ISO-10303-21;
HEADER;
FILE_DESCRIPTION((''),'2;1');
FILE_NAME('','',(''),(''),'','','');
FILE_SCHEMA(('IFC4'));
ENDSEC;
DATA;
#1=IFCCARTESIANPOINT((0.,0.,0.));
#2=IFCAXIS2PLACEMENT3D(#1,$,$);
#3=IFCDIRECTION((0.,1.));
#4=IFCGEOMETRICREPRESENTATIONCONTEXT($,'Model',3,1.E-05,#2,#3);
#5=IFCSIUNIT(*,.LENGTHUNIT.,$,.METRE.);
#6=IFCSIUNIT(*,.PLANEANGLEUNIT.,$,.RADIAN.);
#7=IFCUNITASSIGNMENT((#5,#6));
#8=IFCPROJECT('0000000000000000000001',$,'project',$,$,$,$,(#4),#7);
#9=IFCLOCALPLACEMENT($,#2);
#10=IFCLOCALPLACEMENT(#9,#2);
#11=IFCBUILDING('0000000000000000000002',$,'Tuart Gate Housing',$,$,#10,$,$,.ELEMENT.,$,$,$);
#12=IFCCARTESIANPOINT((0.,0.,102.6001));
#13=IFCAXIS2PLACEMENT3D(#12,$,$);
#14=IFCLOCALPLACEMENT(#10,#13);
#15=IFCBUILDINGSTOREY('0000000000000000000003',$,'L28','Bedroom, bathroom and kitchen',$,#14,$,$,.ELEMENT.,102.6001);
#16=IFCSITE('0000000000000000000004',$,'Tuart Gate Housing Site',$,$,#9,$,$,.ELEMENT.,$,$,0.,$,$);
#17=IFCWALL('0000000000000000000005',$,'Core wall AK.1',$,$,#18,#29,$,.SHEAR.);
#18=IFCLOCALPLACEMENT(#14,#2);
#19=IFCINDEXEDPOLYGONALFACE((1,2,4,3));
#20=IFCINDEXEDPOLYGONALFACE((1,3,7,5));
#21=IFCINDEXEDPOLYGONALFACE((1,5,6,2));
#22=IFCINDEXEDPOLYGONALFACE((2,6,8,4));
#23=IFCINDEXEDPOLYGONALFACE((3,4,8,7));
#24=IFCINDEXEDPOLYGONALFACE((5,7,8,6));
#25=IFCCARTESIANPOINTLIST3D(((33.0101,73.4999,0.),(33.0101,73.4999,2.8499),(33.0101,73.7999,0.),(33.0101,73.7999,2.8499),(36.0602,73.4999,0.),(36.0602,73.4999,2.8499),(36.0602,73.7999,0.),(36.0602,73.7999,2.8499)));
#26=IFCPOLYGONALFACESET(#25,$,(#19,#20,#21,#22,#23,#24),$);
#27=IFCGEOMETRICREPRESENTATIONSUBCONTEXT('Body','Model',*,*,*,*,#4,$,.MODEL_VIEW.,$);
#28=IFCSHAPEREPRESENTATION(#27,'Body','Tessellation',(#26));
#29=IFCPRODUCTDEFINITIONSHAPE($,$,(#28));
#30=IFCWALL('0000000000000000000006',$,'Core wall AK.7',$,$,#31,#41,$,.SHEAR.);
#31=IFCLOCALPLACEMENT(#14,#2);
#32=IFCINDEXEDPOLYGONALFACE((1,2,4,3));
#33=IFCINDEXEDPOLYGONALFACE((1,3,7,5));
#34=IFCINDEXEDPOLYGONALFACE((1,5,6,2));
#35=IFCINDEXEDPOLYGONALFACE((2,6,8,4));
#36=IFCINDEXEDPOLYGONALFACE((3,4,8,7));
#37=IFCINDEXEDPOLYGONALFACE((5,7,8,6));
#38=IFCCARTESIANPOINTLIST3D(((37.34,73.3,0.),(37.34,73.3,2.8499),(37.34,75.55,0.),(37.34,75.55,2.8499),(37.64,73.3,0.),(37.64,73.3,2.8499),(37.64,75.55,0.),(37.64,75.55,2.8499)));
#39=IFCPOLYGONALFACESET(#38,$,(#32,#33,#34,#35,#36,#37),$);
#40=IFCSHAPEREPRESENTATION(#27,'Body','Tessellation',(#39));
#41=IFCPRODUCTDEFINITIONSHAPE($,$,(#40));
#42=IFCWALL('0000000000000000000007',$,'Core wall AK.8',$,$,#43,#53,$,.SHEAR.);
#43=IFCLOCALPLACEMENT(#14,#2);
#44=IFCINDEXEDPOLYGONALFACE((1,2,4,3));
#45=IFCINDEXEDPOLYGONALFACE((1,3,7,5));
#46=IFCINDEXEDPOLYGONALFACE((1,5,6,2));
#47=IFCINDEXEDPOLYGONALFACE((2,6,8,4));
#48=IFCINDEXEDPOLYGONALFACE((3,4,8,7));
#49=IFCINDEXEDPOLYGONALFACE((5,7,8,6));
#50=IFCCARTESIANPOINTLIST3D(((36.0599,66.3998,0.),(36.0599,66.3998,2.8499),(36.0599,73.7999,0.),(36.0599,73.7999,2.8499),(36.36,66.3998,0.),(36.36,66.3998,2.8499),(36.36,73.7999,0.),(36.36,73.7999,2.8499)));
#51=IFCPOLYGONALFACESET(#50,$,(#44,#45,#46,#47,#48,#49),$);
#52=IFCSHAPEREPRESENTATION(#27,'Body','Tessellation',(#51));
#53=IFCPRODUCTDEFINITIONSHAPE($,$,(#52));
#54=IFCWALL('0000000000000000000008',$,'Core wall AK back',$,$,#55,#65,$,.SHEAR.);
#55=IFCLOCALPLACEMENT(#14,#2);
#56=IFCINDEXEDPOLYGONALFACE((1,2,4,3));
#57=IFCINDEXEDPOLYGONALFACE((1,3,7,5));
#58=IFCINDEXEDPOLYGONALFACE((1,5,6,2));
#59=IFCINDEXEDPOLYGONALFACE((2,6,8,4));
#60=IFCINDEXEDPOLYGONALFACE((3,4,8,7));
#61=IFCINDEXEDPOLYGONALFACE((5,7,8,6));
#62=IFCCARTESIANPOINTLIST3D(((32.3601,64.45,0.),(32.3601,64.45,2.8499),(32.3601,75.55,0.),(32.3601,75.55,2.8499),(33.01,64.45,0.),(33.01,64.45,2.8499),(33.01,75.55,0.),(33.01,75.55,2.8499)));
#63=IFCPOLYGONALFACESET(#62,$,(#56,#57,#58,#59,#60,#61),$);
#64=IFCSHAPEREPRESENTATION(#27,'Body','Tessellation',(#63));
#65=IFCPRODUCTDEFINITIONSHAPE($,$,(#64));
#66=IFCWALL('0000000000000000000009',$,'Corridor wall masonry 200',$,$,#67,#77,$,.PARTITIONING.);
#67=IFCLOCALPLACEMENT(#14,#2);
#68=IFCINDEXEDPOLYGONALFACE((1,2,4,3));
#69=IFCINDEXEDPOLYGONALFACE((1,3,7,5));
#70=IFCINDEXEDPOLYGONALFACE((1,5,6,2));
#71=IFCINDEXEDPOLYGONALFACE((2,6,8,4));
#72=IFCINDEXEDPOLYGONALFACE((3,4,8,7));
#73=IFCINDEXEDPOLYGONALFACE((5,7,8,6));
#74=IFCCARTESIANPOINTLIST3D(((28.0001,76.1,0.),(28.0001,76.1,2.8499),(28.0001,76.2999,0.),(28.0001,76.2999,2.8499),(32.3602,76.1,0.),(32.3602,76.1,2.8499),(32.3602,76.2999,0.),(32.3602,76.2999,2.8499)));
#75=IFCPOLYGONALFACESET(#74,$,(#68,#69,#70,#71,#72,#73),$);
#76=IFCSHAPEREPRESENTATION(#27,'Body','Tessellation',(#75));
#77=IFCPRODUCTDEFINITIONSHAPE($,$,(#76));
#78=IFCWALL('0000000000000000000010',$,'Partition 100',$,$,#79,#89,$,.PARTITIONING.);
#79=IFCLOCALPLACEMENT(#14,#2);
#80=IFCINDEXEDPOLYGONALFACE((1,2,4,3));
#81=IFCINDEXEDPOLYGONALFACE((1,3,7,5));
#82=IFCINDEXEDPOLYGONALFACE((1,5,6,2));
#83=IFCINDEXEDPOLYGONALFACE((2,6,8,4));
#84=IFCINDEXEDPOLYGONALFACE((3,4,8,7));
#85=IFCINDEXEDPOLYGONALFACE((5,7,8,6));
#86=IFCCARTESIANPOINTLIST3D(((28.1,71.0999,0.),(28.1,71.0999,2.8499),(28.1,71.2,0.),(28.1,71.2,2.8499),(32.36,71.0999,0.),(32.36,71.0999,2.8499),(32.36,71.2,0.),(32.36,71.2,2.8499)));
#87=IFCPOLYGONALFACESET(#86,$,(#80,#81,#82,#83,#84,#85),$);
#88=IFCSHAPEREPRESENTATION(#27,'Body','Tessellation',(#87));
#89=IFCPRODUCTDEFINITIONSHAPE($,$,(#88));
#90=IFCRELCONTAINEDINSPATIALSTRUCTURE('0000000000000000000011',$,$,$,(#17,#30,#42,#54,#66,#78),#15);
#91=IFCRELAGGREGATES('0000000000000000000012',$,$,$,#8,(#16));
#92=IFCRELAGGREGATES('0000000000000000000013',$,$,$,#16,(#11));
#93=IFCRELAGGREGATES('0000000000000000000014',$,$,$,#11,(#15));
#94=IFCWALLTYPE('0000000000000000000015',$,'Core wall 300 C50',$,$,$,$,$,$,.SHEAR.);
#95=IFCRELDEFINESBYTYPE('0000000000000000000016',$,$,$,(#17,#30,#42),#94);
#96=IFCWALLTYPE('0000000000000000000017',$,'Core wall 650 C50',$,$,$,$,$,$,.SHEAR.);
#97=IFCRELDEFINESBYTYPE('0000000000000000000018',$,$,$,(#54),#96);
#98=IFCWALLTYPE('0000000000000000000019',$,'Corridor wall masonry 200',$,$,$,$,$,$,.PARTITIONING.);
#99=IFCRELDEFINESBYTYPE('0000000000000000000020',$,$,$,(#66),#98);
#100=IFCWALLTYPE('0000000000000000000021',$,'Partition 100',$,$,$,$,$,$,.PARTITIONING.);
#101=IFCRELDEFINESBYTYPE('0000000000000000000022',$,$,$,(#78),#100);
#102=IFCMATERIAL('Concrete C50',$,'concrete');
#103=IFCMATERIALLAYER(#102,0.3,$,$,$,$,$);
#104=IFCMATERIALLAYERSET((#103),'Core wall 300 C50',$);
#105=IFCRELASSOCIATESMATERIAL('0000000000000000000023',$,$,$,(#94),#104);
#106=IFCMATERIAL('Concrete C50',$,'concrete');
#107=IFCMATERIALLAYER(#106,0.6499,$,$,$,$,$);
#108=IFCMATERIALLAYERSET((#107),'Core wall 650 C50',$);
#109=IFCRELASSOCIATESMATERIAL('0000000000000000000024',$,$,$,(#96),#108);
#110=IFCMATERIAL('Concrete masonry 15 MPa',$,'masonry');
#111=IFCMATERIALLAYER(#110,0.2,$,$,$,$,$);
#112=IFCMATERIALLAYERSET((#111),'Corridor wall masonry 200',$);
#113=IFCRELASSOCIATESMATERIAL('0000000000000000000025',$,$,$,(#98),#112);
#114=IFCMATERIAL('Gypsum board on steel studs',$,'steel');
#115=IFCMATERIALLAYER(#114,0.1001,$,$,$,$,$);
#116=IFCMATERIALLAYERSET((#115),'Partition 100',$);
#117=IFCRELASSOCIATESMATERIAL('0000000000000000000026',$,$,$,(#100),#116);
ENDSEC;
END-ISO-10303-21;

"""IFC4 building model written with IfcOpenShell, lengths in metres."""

from ifc_helpers import new_model, si_unit, direction, frame, frame_2d, origin, place, context, subcontext, project, spatial, rectangle, extrude, material, layer, layer_set, type_object, element, save


model = new_model("IFC4")

# Units and contexts
model_context = context("Model", 3, precision=1e-05, world=origin(), true_north=direction((0.0, 1.0)))
body_context = subcontext(model_context, "Body", "Model", "MODEL_VIEW")
ifc_project = project(units=[si_unit("LENGTHUNIT", "METRE"), si_unit("PLANEANGLEUNIT", "RADIAN")], contexts=[model_context])

# Site, building, storey
site_placement = place(None, origin())
site = spatial("IfcSite", under=ifc_project, at=site_placement, Name="Tuart Gate Housing Site", CompositionType="ELEMENT", RefElevation=0.0)
building_placement = place(site_placement, origin())
building = spatial("IfcBuilding", under=site, at=building_placement, Name="Tuart Gate Housing", CompositionType="ELEMENT")
storey_placement = place(building_placement, frame((0.0, 0.0, 102.6001)))
storey = spatial("IfcBuildingStorey", under=building, at=storey_placement, Name="L28", Description="Bedroom, bathroom and kitchen", CompositionType="ELEMENT", Elevation=102.6001)

# Walls
ifc_material_1 = material(Name="Concrete C50", Category="concrete")
ifc_layer_1 = layer(ifc_material_1, 0.3)
ifc_layer_set_1 = layer_set([ifc_layer_1], Name="Core wall 300 C50")
wall_type_1 = type_object("IfcWallType", Name="Core wall 300 C50", PredefinedType="SHEAR", material=ifc_layer_set_1)
wall_1_placement = place(storey_placement, frame((36.0601, 73.6499, 0.0), z_axis=(0.0, 0.0, 1.0), x_axis=(-1.0, 0.0, 0.0)))
element("IfcWall", 1, at=wall_1_placement, inside=storey, type_object=wall_type_1, Name="Core wall AK.1", PredefinedType="SHEAR", context=body_context, shape_type="SweptSolid", body=[
    extrude(rectangle(XDim=3.05, YDim=0.3, at=frame_2d((1.5249, 0.0))), origin(), (0.0, 0.0, 1.0), 2.8499),
])
wall_2_placement = place(storey_placement, frame((37.49, 75.55, 0.0), z_axis=(0.0, 0.0, 1.0), x_axis=(0.0, -1.0, 0.0)))
element("IfcWall", 2, at=wall_2_placement, inside=storey, type_object=wall_type_1, Name="Core wall AK.7", PredefinedType="SHEAR", context=body_context, shape_type="SweptSolid", body=[
    extrude(rectangle(XDim=2.25, YDim=0.3, at=frame_2d((1.125, 0.0))), origin(), (0.0, 0.0, 1.0), 2.8499),
])
wall_3_placement = place(storey_placement, frame((36.21, 73.8, 0.0), z_axis=(0.0, 0.0, 1.0), x_axis=(0.0, -1.0, 0.0)))
element("IfcWall", 3, at=wall_3_placement, inside=storey, type_object=wall_type_1, Name="Core wall AK.8", PredefinedType="SHEAR", context=body_context, shape_type="SweptSolid", body=[
    extrude(rectangle(XDim=7.4001, YDim=0.3, at=frame_2d((3.7002, 0.0))), origin(), (0.0, 0.0, 1.0), 2.8499),
])
ifc_material_2 = material(Name="Concrete C50", Category="concrete")
ifc_layer_2 = layer(ifc_material_2, 0.6499)
ifc_layer_set_2 = layer_set([ifc_layer_2], Name="Core wall 650 C50")
wall_type_2 = type_object("IfcWallType", Name="Core wall 650 C50", PredefinedType="SHEAR", material=ifc_layer_set_2)
wall_4_placement = place(storey_placement, frame((32.6851, 75.55, 0.0), z_axis=(0.0, 0.0, 1.0), x_axis=(0.0, -1.0, 0.0)))
element("IfcWall", 4, at=wall_4_placement, inside=storey, type_object=wall_type_2, Name="Core wall AK back", PredefinedType="SHEAR", context=body_context, shape_type="SweptSolid", body=[
    extrude(rectangle(XDim=11.1001, YDim=0.6499, at=frame_2d((5.55, 0.0))), origin(), (0.0, 0.0, 1.0), 2.8499),
])
ifc_material_3 = material(Name="Concrete masonry 15 MPa", Category="masonry")
ifc_layer_3 = layer(ifc_material_3, 0.2)
ifc_layer_set_3 = layer_set([ifc_layer_3], Name="Corridor wall masonry 200")
wall_type_3 = type_object("IfcWallType", Name="Corridor wall masonry 200", PredefinedType="PARTITIONING", material=ifc_layer_set_3)
wall_5_placement = place(storey_placement, frame((28.0, 76.2, 0.0), z_axis=(0.0, 0.0, 1.0), x_axis=(1.0, 0.0, 0.0)))
element("IfcWall", 5, at=wall_5_placement, inside=storey, type_object=wall_type_3, Name="Corridor wall masonry 200", PredefinedType="PARTITIONING", context=body_context, shape_type="SweptSolid", body=[
    extrude(rectangle(XDim=4.3601, YDim=0.2, at=frame_2d((2.1802, 0.0))), origin(), (0.0, 0.0, 1.0), 2.8499),
])
ifc_material_4 = material(Name="Gypsum board on steel studs", Category="steel")
ifc_layer_4 = layer(ifc_material_4, 0.1001)
ifc_layer_set_4 = layer_set([ifc_layer_4], Name="Partition 100")
wall_type_4 = type_object("IfcWallType", Name="Partition 100", PredefinedType="PARTITIONING", material=ifc_layer_set_4)
wall_6_placement = place(storey_placement, frame((28.1001, 71.1499, 0.0), z_axis=(0.0, 0.0, 1.0), x_axis=(1.0, 0.0, 0.0)))
element("IfcWall", 6, at=wall_6_placement, inside=storey, type_object=wall_type_4, Name="Partition 100", PredefinedType="PARTITIONING", context=body_context, shape_type="SweptSolid", body=[
    extrude(rectangle(XDim=4.26, YDim=0.1001, at=frame_2d((2.1299, 0.0))), origin(), (0.0, 0.0, 1.0), 2.8499),
])

save(model, "model.ifc")
